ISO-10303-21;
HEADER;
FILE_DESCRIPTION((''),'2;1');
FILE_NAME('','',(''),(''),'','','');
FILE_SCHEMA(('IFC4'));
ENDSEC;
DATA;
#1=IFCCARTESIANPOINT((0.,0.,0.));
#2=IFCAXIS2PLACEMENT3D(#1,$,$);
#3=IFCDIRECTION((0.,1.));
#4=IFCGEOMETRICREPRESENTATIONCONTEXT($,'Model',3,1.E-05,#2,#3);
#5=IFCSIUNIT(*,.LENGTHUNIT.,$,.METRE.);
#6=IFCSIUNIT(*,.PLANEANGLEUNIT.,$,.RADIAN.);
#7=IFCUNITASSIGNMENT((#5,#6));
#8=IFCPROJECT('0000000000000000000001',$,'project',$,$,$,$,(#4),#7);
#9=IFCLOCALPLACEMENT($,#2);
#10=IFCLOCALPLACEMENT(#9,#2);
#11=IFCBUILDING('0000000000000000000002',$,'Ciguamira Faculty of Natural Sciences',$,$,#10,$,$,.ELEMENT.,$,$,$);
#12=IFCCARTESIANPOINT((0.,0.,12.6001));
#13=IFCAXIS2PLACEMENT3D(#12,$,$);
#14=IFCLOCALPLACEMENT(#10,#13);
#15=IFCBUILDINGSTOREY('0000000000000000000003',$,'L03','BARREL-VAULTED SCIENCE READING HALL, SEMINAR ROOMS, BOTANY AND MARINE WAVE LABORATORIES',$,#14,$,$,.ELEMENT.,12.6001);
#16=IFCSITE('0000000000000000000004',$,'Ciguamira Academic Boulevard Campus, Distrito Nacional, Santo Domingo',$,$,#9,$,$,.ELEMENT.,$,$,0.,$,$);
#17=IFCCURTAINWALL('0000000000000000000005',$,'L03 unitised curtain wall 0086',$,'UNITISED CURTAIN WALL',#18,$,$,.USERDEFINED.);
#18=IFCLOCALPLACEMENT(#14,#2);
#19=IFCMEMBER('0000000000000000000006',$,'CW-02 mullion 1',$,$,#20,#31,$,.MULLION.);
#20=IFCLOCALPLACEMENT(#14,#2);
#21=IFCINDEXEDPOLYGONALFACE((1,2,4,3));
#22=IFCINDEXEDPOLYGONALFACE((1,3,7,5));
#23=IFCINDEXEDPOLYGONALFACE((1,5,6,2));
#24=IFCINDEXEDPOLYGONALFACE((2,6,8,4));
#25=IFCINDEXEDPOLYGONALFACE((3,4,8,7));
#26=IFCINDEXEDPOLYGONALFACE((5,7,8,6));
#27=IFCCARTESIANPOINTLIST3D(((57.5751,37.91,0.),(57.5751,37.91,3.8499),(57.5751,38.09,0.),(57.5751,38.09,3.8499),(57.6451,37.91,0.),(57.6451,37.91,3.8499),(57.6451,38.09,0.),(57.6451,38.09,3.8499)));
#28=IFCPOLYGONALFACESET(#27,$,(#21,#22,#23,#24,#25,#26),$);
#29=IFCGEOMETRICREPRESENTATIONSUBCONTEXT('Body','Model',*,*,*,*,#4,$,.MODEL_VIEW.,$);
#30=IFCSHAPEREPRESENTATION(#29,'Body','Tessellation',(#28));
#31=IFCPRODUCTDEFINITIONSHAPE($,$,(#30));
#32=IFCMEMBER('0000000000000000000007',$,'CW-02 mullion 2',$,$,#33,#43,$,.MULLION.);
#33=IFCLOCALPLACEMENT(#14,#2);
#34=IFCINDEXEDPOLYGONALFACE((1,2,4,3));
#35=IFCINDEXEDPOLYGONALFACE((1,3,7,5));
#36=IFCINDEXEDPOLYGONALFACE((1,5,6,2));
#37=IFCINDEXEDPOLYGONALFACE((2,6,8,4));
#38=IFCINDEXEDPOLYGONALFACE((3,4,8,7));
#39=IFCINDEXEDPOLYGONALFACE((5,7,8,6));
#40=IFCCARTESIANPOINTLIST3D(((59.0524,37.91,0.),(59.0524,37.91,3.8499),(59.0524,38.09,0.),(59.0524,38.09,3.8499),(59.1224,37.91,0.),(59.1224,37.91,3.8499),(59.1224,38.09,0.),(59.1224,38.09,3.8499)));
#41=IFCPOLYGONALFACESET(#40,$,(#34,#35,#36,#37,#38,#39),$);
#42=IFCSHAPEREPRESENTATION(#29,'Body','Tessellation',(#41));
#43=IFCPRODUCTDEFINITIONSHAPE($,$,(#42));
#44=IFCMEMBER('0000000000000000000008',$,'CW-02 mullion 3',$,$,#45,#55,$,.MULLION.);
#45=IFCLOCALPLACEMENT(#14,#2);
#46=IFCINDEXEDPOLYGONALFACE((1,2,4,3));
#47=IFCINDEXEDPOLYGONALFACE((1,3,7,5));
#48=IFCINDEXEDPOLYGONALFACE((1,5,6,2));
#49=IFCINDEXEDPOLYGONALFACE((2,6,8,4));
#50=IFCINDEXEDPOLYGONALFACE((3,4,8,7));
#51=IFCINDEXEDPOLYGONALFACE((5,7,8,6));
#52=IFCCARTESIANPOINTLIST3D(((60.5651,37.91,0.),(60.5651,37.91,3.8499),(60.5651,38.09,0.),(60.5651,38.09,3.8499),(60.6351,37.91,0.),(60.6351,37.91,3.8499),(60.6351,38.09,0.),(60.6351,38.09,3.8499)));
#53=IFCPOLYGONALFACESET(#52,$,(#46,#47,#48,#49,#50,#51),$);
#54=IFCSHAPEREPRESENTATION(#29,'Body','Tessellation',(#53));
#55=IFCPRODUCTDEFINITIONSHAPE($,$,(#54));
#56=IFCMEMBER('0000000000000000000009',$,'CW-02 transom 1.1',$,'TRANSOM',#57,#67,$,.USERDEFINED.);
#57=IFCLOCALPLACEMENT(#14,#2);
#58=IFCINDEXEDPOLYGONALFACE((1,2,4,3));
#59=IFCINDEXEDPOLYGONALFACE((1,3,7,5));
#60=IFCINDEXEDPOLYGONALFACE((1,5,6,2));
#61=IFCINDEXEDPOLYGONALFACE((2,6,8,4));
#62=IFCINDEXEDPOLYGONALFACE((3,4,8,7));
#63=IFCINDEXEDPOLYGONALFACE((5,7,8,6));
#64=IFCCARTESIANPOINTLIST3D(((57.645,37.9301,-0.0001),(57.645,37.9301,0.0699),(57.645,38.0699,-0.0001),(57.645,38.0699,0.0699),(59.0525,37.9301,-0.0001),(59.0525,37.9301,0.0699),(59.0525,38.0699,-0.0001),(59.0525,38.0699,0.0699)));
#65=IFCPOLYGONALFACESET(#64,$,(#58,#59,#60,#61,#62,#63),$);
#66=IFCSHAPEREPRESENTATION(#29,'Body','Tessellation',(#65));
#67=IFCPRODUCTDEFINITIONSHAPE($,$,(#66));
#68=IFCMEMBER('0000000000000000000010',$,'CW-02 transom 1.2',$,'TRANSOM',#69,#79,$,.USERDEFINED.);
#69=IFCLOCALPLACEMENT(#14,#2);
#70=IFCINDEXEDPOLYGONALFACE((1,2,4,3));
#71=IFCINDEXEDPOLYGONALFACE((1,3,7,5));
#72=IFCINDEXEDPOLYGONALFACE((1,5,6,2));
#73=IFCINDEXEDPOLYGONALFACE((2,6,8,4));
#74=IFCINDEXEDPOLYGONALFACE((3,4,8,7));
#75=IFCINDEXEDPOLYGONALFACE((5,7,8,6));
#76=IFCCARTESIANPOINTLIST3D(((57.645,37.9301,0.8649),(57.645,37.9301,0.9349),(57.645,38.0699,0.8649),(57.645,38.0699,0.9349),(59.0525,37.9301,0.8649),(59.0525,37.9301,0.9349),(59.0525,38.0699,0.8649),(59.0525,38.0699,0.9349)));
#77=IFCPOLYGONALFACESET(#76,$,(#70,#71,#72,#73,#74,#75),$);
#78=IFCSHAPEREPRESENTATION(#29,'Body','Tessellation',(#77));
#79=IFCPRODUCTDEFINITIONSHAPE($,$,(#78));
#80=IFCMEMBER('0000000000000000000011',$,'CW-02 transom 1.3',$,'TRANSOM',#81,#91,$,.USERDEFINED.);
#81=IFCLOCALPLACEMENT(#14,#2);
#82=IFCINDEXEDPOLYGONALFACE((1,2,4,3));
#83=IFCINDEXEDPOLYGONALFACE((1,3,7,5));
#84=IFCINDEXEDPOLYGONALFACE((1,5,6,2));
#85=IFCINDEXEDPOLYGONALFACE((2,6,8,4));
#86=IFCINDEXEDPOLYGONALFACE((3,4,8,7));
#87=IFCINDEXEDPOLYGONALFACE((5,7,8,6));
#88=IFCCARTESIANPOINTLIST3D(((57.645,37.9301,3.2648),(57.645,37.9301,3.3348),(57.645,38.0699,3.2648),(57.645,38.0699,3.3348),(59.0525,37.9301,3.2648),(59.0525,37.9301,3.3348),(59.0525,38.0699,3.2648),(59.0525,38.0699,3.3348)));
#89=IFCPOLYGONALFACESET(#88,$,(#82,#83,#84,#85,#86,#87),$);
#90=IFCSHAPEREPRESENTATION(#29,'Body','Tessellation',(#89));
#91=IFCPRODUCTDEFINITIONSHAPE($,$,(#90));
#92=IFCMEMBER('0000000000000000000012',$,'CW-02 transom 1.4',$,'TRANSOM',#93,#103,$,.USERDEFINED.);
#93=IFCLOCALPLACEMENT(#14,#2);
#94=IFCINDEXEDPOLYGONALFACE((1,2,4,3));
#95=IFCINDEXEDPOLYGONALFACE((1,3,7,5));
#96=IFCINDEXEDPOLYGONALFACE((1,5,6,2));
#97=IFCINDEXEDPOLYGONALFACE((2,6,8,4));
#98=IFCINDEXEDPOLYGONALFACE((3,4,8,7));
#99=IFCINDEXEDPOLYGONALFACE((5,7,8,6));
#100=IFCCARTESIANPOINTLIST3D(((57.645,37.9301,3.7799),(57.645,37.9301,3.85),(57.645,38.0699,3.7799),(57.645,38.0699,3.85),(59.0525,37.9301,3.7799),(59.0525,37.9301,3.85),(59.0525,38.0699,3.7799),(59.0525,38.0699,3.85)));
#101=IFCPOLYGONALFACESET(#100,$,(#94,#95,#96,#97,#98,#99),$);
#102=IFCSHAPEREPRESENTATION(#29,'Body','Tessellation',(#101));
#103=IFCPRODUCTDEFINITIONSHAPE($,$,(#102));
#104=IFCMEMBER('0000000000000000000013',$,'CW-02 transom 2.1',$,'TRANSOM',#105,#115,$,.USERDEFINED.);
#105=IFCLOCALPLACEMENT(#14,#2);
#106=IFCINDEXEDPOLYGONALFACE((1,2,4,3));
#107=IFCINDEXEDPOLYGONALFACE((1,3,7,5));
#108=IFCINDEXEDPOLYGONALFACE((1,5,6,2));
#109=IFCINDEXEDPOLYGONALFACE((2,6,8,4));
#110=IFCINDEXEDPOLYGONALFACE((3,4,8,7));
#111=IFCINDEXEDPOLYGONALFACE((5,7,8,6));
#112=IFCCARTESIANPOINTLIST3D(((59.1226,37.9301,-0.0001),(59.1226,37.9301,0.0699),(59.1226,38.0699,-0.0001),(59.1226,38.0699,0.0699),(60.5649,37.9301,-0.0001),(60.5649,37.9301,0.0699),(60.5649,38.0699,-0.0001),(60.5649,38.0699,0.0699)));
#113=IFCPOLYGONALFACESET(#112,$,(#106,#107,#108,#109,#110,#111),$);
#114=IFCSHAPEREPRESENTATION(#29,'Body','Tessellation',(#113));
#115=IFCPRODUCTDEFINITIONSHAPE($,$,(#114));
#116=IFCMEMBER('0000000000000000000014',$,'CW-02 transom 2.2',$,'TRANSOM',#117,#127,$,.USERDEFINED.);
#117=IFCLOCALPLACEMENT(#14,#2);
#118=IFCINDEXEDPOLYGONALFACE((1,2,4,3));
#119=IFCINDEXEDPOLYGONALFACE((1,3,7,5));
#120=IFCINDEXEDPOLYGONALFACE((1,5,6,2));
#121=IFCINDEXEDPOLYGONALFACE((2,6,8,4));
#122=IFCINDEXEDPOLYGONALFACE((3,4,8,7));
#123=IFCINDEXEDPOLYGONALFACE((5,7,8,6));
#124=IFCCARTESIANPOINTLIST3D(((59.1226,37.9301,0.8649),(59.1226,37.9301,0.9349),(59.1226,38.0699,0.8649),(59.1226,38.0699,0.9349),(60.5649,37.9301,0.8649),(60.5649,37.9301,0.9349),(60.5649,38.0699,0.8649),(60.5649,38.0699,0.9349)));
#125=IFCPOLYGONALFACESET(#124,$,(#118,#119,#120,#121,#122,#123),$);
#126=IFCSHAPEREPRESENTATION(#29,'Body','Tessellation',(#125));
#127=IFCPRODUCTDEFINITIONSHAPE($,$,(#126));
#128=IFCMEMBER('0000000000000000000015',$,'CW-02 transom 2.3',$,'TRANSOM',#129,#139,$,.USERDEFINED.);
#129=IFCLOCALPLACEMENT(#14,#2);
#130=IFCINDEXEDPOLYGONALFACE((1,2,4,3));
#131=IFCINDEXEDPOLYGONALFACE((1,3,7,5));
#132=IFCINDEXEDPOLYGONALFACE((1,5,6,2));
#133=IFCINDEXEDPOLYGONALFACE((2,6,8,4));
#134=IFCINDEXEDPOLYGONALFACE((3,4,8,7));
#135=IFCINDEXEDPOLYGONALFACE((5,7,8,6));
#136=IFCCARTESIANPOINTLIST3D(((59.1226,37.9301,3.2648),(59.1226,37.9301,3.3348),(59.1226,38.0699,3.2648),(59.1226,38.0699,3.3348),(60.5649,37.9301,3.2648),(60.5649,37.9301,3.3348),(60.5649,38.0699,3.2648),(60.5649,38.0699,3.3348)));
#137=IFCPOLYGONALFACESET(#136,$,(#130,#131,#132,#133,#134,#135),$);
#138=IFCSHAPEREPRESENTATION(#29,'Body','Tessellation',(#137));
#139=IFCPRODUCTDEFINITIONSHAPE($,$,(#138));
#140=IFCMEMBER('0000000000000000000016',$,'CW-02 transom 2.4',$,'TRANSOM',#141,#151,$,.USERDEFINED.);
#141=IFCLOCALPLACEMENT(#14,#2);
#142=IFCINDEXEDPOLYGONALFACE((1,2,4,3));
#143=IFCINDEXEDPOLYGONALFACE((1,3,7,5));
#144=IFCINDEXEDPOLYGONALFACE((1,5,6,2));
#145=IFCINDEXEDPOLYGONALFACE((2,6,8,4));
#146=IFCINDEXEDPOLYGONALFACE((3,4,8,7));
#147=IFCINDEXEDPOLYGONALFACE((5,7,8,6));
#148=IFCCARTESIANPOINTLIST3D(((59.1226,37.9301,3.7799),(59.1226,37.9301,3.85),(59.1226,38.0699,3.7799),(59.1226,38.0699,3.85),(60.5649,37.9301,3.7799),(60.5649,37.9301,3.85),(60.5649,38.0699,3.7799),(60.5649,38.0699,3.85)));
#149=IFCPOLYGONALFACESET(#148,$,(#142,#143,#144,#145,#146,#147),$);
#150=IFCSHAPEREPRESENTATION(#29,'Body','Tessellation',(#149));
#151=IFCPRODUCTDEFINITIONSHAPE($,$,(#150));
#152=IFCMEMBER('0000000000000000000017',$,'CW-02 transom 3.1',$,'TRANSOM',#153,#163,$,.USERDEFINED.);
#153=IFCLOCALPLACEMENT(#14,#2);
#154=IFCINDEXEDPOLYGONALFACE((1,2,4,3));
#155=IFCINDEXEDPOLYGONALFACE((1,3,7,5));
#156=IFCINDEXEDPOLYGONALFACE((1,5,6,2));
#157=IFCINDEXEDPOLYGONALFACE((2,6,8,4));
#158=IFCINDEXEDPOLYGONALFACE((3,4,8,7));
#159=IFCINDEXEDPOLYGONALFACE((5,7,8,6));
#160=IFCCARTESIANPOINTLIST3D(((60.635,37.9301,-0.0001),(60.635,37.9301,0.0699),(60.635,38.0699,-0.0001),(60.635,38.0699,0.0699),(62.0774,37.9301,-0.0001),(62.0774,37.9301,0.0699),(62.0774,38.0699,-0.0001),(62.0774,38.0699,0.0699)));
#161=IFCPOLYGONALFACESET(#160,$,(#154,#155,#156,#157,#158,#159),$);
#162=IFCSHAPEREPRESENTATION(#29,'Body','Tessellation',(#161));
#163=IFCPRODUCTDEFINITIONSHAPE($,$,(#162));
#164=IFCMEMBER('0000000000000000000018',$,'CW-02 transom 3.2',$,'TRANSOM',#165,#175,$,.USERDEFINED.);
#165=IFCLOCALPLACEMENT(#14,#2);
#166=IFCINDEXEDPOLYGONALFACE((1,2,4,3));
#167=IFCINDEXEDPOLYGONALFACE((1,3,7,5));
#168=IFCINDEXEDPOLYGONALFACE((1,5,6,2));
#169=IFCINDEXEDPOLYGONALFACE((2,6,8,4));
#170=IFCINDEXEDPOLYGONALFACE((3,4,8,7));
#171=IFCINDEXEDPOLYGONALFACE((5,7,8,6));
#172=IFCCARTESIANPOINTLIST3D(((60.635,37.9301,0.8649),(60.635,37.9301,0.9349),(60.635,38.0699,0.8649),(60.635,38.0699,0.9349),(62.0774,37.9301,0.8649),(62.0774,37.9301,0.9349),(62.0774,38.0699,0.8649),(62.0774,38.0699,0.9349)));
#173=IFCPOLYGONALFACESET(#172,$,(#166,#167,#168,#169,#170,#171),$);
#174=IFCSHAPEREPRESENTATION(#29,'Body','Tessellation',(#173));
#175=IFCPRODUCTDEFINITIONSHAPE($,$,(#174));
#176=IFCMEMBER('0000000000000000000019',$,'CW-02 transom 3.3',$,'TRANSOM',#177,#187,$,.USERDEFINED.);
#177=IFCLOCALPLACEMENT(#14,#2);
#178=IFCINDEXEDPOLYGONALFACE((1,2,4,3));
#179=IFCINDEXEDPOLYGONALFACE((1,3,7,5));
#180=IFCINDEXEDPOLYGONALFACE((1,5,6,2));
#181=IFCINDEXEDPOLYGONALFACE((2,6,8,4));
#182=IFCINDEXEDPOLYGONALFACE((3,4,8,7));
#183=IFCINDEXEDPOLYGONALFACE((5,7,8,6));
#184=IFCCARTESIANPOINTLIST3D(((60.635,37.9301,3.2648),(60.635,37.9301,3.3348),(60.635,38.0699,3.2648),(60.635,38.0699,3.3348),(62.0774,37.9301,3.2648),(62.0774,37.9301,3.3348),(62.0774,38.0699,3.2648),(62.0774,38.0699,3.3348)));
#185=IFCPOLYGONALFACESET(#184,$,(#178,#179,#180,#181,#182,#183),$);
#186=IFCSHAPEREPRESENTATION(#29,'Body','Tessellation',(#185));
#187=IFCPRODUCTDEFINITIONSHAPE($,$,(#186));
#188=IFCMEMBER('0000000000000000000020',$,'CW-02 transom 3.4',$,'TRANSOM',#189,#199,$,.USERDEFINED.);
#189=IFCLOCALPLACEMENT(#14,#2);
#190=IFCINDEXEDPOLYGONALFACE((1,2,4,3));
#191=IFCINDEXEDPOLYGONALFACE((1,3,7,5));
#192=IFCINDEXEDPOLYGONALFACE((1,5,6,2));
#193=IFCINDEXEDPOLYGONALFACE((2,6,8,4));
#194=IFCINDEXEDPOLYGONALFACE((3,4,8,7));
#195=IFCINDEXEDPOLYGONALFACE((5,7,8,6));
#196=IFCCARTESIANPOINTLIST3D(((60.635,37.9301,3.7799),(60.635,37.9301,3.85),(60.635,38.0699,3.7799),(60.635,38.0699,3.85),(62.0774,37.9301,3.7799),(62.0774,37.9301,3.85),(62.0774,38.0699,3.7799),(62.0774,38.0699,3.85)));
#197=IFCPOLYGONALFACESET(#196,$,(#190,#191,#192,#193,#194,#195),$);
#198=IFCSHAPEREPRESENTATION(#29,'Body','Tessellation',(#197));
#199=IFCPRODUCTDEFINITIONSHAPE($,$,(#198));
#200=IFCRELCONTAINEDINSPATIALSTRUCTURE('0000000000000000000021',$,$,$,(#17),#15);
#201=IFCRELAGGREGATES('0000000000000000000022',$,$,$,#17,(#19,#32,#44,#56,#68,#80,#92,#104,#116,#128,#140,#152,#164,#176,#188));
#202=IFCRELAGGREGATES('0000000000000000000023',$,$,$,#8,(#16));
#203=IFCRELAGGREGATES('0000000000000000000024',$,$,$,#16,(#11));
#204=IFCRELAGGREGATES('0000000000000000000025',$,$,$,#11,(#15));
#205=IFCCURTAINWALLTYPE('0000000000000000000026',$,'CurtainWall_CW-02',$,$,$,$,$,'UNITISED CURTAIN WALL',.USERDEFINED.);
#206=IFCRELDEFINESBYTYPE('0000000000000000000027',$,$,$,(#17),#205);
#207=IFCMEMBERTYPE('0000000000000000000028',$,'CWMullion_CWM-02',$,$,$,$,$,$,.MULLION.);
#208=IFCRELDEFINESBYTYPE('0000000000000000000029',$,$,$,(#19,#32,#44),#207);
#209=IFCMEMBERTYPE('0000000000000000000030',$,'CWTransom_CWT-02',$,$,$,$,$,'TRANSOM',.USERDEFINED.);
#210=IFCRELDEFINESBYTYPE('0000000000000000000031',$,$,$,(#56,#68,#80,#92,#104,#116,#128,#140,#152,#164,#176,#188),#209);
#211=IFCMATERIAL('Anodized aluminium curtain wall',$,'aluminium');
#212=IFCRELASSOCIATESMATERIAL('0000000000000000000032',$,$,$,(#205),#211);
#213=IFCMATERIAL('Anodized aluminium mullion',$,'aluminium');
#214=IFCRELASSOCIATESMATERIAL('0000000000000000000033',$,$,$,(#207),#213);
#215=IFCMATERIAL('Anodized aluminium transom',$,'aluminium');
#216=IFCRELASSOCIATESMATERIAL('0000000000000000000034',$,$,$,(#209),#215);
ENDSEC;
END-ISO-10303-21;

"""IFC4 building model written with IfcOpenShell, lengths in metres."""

from ifc_helpers import new_model, si_unit, direction, frame, origin, origin_2d, place, context, subcontext, project, spatial, rectangle, extrude, material, material_profile, profile_set, type_object, element, aggregate, save


model = new_model("IFC4")

# Units and contexts
model_context = context("Model", 3, precision=1e-05, world=origin(), true_north=direction((0.0, 1.0)))
body_context = subcontext(model_context, "Body", "Model", "MODEL_VIEW")
ifc_project = project(units=[si_unit("LENGTHUNIT", "METRE"), si_unit("PLANEANGLEUNIT", "RADIAN")], contexts=[model_context])

# Site, building, storey
site_placement = place(None, origin())
site = spatial("IfcSite", under=ifc_project, at=site_placement, Name="Ciguamira Academic Boulevard Campus, Distrito Nacional, Santo Domingo", CompositionType="ELEMENT", RefElevation=0.0)
building_placement = place(site_placement, origin())
building = spatial("IfcBuilding", under=site, at=building_placement, Name="Ciguamira Faculty of Natural Sciences", CompositionType="ELEMENT")
storey_placement = place(building_placement, frame((0.0, 0.0, 12.6001)))
storey = spatial("IfcBuildingStorey", under=building, at=storey_placement, Name="L03", Description="BARREL-VAULTED SCIENCE READING HALL, SEMINAR ROOMS, BOTANY AND MARINE WAVE LABORATORIES", CompositionType="ELEMENT", Elevation=12.6001)

# Curtain wall, members
ifc_material_1 = material(Name="Anodized aluminium curtain wall", Category="aluminium")
curtain_wall_type = type_object("IfcCurtainWallType", Name="CurtainWall_CW-02", ElementType="UNITISED CURTAIN WALL", PredefinedType="USERDEFINED", material=ifc_material_1)
curtain_wall_placement = place(storey_placement, origin())
curtain_wall = element("IfcCurtainWall", 1, at=curtain_wall_placement, inside=storey, type_object=curtain_wall_type, Name="L03 unitised curtain wall 0086", ObjectType="UNITISED CURTAIN WALL", PredefinedType="USERDEFINED")
ifc_material_2 = material(Name="Anodized aluminium mullion", Category="aluminium")
ifc_material_profile_1 = material_profile(ifc_material_2, rectangle(XDim=0.0701, YDim=0.1799, at=origin_2d()), Name="ALU-MUL-70X180")
ifc_profile_set_1 = profile_set([ifc_material_profile_1], Name="Anodized aluminium mullion")
member_type_1 = type_object("IfcMemberType", Name="CWMullion_CWM-02", PredefinedType="MULLION", material=ifc_profile_set_1)
member_1_placement = place(storey_placement, frame((57.6101, 38.0, 0.0), z_axis=(0.0, 0.0, 1.0), x_axis=(1.0, 0.0, 0.0)))
member_1 = element("IfcMember", 2, at=member_1_placement, type_object=member_type_1, Name="CW-02 mullion 1", PredefinedType="MULLION", context=body_context, shape_type="SweptSolid", body=[
    extrude(rectangle(XDim=0.0701, YDim=0.1799, at=origin_2d()), origin(), (0.0, 0.0, 1.0), 3.8499),
])
member_2_placement = place(storey_placement, frame((59.0874, 38.0, 0.0), z_axis=(0.0, 0.0, 1.0), x_axis=(1.0, 0.0, 0.0)))
member_2 = element("IfcMember", 3, at=member_2_placement, type_object=member_type_1, Name="CW-02 mullion 2", PredefinedType="MULLION", context=body_context, shape_type="SweptSolid", body=[
    extrude(rectangle(XDim=0.0701, YDim=0.1799, at=origin_2d()), origin(), (0.0, 0.0, 1.0), 3.8499),
])
member_3_placement = place(storey_placement, frame((60.6001, 38.0, 0.0), z_axis=(0.0, 0.0, 1.0), x_axis=(1.0, 0.0, 0.0)))
member_3 = element("IfcMember", 4, at=member_3_placement, type_object=member_type_1, Name="CW-02 mullion 3", PredefinedType="MULLION", context=body_context, shape_type="SweptSolid", body=[
    extrude(rectangle(XDim=0.0701, YDim=0.1799, at=origin_2d()), origin(), (0.0, 0.0, 1.0), 3.8499),
])
ifc_material_3 = material(Name="Anodized aluminium transom", Category="aluminium")
ifc_material_profile_2 = material_profile(ifc_material_3, rectangle(XDim=0.0701, YDim=0.1399, at=origin_2d()), Name="ALU-TRN-70X140")
ifc_profile_set_2 = profile_set([ifc_material_profile_2], Name="Anodized aluminium transom")
member_type_2 = type_object("IfcMemberType", Name="CWTransom_CWT-02", ElementType="TRANSOM", PredefinedType="USERDEFINED", material=ifc_profile_set_2)
member_4_placement = place(storey_placement, frame((57.645, 38.0, 0.0349), z_axis=(1.0, 0.0, 0.0), x_axis=(0.0, 0.0, 1.0)))
member_4 = element("IfcMember", 5, at=member_4_placement, type_object=member_type_2, Name="CW-02 transom 1.1", ObjectType="TRANSOM", PredefinedType="USERDEFINED", context=body_context, shape_type="SweptSolid", body=[
    extrude(rectangle(XDim=0.0701, YDim=0.1399, at=origin_2d()), origin(), (0.0, 0.0, 1.0), 1.4075),
])
member_5_placement = place(storey_placement, frame((57.645, 38.0, 0.8999), z_axis=(1.0, 0.0, 0.0), x_axis=(0.0, 0.0, 1.0)))
member_5 = element("IfcMember", 6, at=member_5_placement, type_object=member_type_2, Name="CW-02 transom 1.2", ObjectType="TRANSOM", PredefinedType="USERDEFINED", context=body_context, shape_type="SweptSolid", body=[
    extrude(rectangle(XDim=0.0701, YDim=0.1399, at=origin_2d()), origin(), (0.0, 0.0, 1.0), 1.4075),
])
member_6_placement = place(storey_placement, frame((57.645, 38.0, 3.2998), z_axis=(1.0, 0.0, 0.0), x_axis=(0.0, 0.0, 1.0)))
member_6 = element("IfcMember", 7, at=member_6_placement, type_object=member_type_2, Name="CW-02 transom 1.3", ObjectType="TRANSOM", PredefinedType="USERDEFINED", context=body_context, shape_type="SweptSolid", body=[
    extrude(rectangle(XDim=0.0701, YDim=0.1399, at=origin_2d()), origin(), (0.0, 0.0, 1.0), 1.4075),
])
member_7_placement = place(storey_placement, frame((57.645, 38.0, 3.8149), z_axis=(1.0, 0.0, 0.0), x_axis=(0.0, 0.0, 1.0)))
member_7 = element("IfcMember", 8, at=member_7_placement, type_object=member_type_2, Name="CW-02 transom 1.4", ObjectType="TRANSOM", PredefinedType="USERDEFINED", context=body_context, shape_type="SweptSolid", body=[
    extrude(rectangle(XDim=0.0701, YDim=0.1399, at=origin_2d()), origin(), (0.0, 0.0, 1.0), 1.4075),
])
member_8_placement = place(storey_placement, frame((59.1226, 38.0, 0.0349), z_axis=(1.0, 0.0, 0.0), x_axis=(0.0, 0.0, 1.0)))
member_8 = element("IfcMember", 9, at=member_8_placement, type_object=member_type_2, Name="CW-02 transom 2.1", ObjectType="TRANSOM", PredefinedType="USERDEFINED", context=body_context, shape_type="SweptSolid", body=[
    extrude(rectangle(XDim=0.0701, YDim=0.1399, at=origin_2d()), origin(), (0.0, 0.0, 1.0), 1.4424),
])
member_9_placement = place(storey_placement, frame((59.1226, 38.0, 0.8999), z_axis=(1.0, 0.0, 0.0), x_axis=(0.0, 0.0, 1.0)))
member_9 = element("IfcMember", 10, at=member_9_placement, type_object=member_type_2, Name="CW-02 transom 2.2", ObjectType="TRANSOM", PredefinedType="USERDEFINED", context=body_context, shape_type="SweptSolid", body=[
    extrude(rectangle(XDim=0.0701, YDim=0.1399, at=origin_2d()), origin(), (0.0, 0.0, 1.0), 1.4424),
])
member_10_placement = place(storey_placement, frame((59.1226, 38.0, 3.2998), z_axis=(1.0, 0.0, 0.0), x_axis=(0.0, 0.0, 1.0)))
member_10 = element("IfcMember", 11, at=member_10_placement, type_object=member_type_2, Name="CW-02 transom 2.3", ObjectType="TRANSOM", PredefinedType="USERDEFINED", context=body_context, shape_type="SweptSolid", body=[
    extrude(rectangle(XDim=0.0701, YDim=0.1399, at=origin_2d()), origin(), (0.0, 0.0, 1.0), 1.4424),
])
member_11_placement = place(storey_placement, frame((59.1226, 38.0, 3.8149), z_axis=(1.0, 0.0, 0.0), x_axis=(0.0, 0.0, 1.0)))
member_11 = element("IfcMember", 12, at=member_11_placement, type_object=member_type_2, Name="CW-02 transom 2.4", ObjectType="TRANSOM", PredefinedType="USERDEFINED", context=body_context, shape_type="SweptSolid", body=[
    extrude(rectangle(XDim=0.0701, YDim=0.1399, at=origin_2d()), origin(), (0.0, 0.0, 1.0), 1.4424),
])
member_12_placement = place(storey_placement, frame((60.635, 38.0, 0.0349), z_axis=(1.0, 0.0, 0.0), x_axis=(0.0, 0.0, 1.0)))
member_12 = element("IfcMember", 13, at=member_12_placement, type_object=member_type_2, Name="CW-02 transom 3.1", ObjectType="TRANSOM", PredefinedType="USERDEFINED", context=body_context, shape_type="SweptSolid", body=[
    extrude(rectangle(XDim=0.0701, YDim=0.1399, at=origin_2d()), origin(), (0.0, 0.0, 1.0), 1.4424),
])
member_13_placement = place(storey_placement, frame((60.635, 38.0, 0.8999), z_axis=(1.0, 0.0, 0.0), x_axis=(0.0, 0.0, 1.0)))
member_13 = element("IfcMember", 14, at=member_13_placement, type_object=member_type_2, Name="CW-02 transom 3.2", ObjectType="TRANSOM", PredefinedType="USERDEFINED", context=body_context, shape_type="SweptSolid", body=[
    extrude(rectangle(XDim=0.0701, YDim=0.1399, at=origin_2d()), origin(), (0.0, 0.0, 1.0), 1.4424),
])
member_14_placement = place(storey_placement, frame((60.635, 38.0, 3.2998), z_axis=(1.0, 0.0, 0.0), x_axis=(0.0, 0.0, 1.0)))
member_14 = element("IfcMember", 15, at=member_14_placement, type_object=member_type_2, Name="CW-02 transom 3.3", ObjectType="TRANSOM", PredefinedType="USERDEFINED", context=body_context, shape_type="SweptSolid", body=[
    extrude(rectangle(XDim=0.0701, YDim=0.1399, at=origin_2d()), origin(), (0.0, 0.0, 1.0), 1.4424),
])
member_15_placement = place(storey_placement, frame((60.635, 38.0, 3.8149), z_axis=(1.0, 0.0, 0.0), x_axis=(0.0, 0.0, 1.0)))
member_15 = element("IfcMember", 16, at=member_15_placement, type_object=member_type_2, Name="CW-02 transom 3.4", ObjectType="TRANSOM", PredefinedType="USERDEFINED", context=body_context, shape_type="SweptSolid", body=[
    extrude(rectangle(XDim=0.0701, YDim=0.1399, at=origin_2d()), origin(), (0.0, 0.0, 1.0), 1.4424),
])
aggregate(curtain_wall, [member_1, member_2, member_3, member_4, member_5, member_6, member_7, member_8, member_9, member_10, member_11, member_12, member_13, member_14, member_15])

save(model, "model.ifc")
